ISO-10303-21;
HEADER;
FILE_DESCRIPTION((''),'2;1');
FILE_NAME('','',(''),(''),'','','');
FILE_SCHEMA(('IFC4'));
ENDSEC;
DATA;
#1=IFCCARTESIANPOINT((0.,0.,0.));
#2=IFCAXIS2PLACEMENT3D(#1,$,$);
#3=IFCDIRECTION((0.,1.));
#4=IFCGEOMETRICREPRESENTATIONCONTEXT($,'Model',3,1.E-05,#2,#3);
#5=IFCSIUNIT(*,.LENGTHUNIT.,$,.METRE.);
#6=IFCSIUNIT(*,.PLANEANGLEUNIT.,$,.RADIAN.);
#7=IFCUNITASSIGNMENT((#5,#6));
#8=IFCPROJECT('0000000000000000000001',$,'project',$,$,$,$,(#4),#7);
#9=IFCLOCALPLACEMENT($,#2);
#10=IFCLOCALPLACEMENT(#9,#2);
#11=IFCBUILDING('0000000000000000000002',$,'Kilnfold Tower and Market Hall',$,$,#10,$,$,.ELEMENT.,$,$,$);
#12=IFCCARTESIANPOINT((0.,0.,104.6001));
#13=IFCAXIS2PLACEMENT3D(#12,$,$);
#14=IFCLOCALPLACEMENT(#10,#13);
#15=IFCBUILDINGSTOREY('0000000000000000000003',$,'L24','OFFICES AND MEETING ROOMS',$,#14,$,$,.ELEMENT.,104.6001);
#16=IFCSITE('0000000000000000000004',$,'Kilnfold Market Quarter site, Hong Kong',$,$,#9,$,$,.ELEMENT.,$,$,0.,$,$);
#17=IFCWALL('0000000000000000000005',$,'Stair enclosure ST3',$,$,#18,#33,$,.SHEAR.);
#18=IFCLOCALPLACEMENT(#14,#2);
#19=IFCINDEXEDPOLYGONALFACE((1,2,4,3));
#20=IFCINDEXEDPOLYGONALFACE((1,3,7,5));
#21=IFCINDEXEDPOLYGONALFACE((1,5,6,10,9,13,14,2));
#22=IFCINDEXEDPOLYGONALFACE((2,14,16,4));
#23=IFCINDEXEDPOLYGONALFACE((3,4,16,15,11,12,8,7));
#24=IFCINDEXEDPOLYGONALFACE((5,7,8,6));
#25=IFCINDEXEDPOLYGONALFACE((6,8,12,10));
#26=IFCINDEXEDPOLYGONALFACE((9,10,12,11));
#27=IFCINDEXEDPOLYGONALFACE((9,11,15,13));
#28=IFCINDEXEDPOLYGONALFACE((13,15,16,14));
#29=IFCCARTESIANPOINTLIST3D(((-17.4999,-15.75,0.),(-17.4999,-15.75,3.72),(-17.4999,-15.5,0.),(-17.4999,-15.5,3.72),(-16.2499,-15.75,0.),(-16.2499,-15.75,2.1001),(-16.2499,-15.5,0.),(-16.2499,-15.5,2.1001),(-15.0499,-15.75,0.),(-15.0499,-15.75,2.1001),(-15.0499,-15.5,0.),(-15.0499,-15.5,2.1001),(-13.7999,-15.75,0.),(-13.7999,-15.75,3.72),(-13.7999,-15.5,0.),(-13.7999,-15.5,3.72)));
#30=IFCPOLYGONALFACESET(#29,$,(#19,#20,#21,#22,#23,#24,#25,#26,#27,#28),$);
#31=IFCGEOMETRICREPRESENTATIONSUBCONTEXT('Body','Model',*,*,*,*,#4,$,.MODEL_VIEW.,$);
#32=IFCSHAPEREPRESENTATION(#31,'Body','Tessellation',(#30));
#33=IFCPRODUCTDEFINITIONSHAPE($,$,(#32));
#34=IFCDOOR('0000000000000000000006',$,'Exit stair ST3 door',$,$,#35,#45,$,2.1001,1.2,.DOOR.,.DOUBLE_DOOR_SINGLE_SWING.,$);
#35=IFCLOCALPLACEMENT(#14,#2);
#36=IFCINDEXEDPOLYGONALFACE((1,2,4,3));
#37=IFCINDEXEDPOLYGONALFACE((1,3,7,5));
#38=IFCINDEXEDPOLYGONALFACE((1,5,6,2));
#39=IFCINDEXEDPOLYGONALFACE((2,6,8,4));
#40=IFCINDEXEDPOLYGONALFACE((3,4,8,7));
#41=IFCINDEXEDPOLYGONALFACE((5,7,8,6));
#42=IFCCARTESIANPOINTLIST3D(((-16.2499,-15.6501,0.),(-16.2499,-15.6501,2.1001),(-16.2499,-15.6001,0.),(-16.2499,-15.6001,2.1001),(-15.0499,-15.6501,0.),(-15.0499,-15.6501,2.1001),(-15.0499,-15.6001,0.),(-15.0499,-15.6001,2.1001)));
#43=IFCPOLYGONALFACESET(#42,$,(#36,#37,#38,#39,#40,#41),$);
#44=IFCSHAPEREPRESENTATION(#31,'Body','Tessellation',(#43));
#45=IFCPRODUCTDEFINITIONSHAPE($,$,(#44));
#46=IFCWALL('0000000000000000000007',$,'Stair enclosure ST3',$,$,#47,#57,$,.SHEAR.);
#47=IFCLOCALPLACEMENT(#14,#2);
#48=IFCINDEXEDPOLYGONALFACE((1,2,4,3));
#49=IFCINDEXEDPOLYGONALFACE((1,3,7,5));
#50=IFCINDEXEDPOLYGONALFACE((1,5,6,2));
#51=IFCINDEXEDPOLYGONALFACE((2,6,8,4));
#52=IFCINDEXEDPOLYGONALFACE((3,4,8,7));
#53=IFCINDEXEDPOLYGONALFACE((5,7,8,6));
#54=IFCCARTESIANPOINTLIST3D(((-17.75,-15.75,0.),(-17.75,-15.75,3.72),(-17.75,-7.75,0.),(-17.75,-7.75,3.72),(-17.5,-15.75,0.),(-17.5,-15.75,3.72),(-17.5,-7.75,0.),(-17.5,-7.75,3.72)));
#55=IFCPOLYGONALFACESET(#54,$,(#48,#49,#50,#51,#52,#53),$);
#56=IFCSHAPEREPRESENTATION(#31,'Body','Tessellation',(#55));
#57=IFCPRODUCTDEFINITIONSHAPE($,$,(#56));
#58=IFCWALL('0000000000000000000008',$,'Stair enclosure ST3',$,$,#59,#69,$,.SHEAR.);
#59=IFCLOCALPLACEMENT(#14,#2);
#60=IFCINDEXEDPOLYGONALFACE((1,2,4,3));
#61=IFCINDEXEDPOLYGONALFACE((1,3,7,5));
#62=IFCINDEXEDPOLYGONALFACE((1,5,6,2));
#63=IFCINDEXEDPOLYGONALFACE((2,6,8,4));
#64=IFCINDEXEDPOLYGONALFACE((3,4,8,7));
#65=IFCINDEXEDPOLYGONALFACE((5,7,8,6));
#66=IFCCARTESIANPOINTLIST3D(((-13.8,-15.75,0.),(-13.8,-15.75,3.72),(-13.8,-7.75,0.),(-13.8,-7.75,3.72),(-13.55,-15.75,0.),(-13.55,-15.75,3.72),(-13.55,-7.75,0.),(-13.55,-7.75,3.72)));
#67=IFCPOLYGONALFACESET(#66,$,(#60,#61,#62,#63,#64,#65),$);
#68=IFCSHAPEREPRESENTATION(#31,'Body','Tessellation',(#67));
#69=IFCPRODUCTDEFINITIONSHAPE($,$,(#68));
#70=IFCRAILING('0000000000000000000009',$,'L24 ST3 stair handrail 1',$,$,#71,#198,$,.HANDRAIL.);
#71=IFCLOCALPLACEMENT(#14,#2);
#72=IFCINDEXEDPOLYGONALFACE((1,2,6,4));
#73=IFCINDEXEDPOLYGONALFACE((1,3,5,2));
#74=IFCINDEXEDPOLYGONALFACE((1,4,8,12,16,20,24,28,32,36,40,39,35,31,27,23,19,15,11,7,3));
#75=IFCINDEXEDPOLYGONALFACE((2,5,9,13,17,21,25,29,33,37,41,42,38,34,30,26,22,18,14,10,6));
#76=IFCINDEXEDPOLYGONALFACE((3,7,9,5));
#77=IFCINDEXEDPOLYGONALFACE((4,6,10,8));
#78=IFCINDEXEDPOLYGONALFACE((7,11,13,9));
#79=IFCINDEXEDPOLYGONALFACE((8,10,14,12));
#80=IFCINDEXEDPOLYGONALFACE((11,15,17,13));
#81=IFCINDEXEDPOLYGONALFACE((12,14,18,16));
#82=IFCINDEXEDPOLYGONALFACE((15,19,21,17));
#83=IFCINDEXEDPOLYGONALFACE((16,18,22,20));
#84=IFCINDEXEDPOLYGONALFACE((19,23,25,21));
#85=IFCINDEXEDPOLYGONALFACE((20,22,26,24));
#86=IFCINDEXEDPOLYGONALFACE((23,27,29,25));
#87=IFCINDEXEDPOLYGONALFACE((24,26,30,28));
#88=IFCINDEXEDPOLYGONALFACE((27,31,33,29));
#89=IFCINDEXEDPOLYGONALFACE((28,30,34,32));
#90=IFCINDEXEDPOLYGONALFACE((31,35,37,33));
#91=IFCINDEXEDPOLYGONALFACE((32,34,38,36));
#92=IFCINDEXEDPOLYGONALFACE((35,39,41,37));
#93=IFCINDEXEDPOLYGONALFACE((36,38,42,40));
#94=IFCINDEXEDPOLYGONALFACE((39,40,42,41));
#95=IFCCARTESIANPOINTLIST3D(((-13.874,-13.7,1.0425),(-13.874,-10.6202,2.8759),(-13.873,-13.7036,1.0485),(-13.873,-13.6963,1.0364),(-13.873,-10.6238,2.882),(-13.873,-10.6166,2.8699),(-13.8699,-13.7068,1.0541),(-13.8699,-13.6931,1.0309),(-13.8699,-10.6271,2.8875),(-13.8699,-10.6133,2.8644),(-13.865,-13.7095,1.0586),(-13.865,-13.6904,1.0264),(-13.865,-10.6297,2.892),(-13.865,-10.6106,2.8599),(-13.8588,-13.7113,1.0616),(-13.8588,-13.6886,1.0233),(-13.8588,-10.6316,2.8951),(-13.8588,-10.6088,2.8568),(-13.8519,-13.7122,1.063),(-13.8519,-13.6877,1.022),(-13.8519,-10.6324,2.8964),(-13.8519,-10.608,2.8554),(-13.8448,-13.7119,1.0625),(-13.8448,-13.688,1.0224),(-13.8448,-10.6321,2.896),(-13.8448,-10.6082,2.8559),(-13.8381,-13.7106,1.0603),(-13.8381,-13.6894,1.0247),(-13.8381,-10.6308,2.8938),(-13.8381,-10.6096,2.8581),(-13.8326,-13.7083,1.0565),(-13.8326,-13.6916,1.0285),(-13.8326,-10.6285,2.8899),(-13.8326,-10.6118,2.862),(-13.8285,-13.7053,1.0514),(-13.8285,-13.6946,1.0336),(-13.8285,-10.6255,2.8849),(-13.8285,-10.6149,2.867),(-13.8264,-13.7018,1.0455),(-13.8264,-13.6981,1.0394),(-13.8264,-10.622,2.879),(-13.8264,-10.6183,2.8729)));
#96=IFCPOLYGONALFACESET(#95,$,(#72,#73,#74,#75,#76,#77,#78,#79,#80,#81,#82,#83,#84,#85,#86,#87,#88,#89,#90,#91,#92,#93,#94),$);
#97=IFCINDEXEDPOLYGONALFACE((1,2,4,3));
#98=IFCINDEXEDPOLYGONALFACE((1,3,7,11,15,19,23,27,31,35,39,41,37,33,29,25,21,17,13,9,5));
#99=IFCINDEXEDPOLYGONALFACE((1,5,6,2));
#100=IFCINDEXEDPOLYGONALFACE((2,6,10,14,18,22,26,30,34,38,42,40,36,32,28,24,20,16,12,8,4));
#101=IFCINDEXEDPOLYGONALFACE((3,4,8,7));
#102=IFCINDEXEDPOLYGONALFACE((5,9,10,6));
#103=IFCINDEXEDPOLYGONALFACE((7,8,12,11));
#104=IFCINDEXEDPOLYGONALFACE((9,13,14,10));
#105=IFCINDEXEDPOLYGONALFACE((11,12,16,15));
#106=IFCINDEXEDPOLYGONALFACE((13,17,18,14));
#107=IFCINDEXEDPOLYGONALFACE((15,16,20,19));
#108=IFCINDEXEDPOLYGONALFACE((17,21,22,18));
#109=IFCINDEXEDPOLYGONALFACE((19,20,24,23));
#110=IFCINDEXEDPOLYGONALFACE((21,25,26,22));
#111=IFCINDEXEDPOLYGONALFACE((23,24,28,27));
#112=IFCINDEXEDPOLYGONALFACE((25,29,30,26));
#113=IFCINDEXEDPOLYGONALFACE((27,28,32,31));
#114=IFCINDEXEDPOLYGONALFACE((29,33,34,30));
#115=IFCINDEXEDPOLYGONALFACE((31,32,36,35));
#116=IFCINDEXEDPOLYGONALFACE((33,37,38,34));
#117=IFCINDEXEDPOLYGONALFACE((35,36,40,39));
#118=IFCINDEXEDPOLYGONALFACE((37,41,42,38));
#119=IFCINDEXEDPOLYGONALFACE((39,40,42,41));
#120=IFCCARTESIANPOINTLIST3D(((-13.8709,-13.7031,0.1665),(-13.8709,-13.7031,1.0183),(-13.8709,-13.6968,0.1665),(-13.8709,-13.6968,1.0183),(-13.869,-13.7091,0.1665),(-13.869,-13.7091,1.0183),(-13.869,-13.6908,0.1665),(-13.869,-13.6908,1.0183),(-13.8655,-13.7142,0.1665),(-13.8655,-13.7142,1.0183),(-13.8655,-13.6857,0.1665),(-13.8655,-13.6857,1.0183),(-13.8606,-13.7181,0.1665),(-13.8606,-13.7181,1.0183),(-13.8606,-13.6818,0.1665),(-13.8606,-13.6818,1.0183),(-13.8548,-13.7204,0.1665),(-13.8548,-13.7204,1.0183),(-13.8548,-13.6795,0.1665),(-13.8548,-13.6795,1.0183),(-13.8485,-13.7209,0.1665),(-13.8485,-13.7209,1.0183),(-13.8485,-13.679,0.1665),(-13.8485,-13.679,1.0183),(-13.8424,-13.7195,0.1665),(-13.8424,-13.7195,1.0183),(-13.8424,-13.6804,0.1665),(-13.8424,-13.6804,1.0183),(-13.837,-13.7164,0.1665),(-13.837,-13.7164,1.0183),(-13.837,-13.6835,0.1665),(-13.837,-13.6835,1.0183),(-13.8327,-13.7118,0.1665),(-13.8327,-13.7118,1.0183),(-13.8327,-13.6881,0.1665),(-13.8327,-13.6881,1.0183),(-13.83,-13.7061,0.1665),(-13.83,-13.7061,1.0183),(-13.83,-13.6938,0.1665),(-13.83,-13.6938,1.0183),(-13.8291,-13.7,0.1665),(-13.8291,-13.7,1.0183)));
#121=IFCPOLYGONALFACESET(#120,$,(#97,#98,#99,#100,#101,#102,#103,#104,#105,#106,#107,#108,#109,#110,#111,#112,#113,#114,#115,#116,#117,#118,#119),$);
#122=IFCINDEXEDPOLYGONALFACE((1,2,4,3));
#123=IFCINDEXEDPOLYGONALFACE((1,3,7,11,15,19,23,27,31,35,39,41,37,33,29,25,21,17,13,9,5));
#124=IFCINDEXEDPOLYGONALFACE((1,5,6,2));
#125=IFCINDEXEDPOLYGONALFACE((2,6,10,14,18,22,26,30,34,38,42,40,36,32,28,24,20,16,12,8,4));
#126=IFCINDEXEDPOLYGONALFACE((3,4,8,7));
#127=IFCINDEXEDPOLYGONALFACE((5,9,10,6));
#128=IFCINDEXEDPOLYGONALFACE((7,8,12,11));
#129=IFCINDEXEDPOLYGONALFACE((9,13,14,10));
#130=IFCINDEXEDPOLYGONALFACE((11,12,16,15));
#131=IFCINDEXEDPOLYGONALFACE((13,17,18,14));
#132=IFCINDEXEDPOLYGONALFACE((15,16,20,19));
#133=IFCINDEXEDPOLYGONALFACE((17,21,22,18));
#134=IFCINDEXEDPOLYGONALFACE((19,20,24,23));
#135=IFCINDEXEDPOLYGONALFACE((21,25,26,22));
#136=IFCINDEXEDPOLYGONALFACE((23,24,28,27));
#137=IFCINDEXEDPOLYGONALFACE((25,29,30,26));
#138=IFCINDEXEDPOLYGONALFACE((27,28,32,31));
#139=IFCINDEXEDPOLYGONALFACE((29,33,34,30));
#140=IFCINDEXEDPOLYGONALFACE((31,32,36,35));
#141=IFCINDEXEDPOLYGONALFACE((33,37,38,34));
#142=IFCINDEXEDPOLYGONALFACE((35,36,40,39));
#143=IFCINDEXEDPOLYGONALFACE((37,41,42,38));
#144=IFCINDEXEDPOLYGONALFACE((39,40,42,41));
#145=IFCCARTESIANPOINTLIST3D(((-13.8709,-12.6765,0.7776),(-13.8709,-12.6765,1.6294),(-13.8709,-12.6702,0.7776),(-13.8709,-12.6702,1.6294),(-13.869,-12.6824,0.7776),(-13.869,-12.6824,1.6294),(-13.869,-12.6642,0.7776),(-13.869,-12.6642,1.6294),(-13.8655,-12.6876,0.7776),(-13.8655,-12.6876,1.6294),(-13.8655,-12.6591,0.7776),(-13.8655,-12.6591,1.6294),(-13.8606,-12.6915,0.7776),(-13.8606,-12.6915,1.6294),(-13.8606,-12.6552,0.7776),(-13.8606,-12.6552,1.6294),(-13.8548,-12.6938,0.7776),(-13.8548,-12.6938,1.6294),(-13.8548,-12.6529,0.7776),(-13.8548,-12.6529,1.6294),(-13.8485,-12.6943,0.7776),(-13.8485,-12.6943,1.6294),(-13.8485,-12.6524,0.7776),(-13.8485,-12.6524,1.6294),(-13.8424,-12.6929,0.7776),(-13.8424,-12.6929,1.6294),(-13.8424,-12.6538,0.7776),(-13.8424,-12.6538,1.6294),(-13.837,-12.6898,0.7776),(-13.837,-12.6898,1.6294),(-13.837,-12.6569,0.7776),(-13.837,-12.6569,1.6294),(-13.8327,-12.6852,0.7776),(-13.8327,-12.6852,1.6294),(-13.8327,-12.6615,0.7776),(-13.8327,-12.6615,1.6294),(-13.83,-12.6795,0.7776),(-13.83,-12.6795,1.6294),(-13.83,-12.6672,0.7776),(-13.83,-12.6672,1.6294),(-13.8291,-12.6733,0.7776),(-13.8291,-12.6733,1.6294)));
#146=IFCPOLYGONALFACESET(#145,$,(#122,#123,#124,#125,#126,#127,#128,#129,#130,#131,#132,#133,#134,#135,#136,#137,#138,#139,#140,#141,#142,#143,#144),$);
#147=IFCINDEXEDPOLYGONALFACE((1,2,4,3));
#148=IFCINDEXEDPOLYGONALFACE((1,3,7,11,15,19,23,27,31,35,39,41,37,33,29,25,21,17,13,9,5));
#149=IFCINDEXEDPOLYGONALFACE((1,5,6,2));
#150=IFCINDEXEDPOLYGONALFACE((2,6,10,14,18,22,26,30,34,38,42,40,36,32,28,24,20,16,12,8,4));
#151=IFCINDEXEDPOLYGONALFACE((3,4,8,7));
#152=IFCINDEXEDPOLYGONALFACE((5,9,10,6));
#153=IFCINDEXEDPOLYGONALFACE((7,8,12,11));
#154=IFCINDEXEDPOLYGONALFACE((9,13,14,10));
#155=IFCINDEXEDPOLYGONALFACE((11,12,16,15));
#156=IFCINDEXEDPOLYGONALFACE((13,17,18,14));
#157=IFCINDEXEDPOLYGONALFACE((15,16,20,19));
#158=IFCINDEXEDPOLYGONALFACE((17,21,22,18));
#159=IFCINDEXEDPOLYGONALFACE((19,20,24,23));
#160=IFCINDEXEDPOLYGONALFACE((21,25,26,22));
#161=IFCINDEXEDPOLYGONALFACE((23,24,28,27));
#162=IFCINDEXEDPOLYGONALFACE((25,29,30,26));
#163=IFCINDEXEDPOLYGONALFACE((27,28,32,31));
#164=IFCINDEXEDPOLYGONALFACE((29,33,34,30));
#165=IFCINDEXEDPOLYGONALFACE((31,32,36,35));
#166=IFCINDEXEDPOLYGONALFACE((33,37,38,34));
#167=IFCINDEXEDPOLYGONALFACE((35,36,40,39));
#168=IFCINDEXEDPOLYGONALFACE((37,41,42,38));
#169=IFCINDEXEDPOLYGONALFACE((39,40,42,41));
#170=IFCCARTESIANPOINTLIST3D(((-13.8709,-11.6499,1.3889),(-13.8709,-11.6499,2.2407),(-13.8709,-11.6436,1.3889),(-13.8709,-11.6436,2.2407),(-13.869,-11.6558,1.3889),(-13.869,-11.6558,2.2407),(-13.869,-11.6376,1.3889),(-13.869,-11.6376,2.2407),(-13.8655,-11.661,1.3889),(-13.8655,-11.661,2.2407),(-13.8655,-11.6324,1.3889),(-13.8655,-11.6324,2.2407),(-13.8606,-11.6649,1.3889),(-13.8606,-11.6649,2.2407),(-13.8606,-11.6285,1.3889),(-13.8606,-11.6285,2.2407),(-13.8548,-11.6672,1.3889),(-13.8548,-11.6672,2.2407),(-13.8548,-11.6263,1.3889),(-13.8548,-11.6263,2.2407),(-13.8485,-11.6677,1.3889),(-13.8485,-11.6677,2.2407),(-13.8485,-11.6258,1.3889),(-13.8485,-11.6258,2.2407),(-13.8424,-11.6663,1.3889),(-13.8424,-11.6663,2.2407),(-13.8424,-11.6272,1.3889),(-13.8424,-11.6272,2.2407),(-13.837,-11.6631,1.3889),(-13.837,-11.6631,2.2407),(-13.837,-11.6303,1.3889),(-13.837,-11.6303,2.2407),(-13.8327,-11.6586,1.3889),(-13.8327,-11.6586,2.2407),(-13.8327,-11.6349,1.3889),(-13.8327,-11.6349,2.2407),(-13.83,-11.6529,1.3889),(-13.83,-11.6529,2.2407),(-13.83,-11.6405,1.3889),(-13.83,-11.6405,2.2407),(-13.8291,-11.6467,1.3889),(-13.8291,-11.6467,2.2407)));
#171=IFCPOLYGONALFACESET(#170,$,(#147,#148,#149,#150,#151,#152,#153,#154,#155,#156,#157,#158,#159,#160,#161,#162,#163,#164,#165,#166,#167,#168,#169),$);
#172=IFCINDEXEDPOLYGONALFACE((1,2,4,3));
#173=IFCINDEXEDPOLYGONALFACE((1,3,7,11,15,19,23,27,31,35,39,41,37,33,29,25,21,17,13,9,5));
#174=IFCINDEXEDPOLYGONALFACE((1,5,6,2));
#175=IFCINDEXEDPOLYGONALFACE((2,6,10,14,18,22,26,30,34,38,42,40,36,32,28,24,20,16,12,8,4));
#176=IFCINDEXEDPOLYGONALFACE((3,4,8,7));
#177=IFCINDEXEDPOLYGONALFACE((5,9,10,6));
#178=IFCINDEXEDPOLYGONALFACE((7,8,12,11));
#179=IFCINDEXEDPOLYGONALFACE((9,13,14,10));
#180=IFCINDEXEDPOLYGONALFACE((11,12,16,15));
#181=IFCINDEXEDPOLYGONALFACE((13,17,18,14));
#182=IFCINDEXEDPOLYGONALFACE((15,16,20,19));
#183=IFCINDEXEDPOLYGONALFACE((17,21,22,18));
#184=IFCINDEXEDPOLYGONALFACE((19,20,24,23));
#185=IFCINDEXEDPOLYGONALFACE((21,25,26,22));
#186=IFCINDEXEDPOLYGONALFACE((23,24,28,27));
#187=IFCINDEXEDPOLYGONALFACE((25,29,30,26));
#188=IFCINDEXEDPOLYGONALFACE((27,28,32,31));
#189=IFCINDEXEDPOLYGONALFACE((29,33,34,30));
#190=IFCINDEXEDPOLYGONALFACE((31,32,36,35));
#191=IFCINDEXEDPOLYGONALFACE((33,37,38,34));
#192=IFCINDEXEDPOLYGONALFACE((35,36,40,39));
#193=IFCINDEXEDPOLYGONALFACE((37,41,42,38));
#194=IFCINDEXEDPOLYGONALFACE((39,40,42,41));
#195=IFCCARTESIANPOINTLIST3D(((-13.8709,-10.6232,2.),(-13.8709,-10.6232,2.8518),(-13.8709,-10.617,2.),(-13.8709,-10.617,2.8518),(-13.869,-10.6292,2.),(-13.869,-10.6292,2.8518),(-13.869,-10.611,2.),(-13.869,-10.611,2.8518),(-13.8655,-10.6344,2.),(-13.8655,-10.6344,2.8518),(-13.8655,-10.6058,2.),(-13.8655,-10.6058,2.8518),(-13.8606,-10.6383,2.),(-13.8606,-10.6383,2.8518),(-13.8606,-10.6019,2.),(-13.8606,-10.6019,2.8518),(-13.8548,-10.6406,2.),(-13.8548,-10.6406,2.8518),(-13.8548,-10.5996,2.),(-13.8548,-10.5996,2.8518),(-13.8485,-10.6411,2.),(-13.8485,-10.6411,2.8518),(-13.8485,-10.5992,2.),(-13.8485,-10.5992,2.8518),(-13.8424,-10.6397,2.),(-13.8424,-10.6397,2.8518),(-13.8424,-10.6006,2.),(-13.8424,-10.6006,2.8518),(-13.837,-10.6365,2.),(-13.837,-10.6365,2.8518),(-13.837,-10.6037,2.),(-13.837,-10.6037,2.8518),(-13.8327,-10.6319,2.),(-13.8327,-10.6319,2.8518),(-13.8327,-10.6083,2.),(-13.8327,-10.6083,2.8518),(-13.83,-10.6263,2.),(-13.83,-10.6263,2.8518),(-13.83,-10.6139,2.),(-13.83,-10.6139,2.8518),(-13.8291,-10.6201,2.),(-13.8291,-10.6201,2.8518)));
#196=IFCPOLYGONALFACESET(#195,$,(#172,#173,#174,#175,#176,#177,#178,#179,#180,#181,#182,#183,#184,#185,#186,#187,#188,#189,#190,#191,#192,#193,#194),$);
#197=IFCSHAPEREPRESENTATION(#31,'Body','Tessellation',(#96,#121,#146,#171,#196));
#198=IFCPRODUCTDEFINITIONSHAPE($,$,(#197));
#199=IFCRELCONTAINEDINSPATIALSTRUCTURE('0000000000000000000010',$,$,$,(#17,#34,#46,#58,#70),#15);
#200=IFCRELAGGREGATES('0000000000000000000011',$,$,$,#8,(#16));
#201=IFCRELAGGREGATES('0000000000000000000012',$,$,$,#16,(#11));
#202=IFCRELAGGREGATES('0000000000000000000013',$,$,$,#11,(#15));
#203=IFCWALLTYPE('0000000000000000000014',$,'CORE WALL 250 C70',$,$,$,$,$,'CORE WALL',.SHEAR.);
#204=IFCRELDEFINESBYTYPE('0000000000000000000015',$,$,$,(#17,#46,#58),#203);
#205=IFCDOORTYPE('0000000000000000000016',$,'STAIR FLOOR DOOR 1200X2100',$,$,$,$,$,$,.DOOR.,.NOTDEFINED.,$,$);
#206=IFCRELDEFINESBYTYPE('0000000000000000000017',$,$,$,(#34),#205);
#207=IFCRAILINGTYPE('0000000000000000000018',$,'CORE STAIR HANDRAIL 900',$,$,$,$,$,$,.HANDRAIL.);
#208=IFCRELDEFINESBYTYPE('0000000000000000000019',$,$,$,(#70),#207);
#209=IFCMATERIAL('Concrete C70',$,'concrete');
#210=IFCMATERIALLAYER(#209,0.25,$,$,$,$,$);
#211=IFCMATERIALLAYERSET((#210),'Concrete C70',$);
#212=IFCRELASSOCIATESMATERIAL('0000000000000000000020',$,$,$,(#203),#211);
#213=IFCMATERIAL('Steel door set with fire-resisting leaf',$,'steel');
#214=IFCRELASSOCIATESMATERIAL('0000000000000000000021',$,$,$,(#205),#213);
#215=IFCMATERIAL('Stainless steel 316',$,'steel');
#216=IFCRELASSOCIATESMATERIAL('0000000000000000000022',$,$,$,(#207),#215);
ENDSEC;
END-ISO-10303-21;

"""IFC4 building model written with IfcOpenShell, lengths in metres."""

from ifc_helpers import new_model, si_unit, direction, frame, frame_2d, origin, origin_2d, place, context, subcontext, project, spatial, rectangle, circle, extrude, source, transform, mapped, material, layer, layer_set, type_object, element, fill, save


model = new_model("IFC4")

# Units and contexts
model_context = context("Model", 3, precision=1e-05, world=origin(), true_north=direction((0.0, 1.0)))
body_context = subcontext(model_context, "Body", "Model", "MODEL_VIEW")
ifc_project = project(units=[si_unit("LENGTHUNIT", "METRE"), si_unit("PLANEANGLEUNIT", "RADIAN")], contexts=[model_context])

# Site, building, storey
site_placement = place(None, origin())
site = spatial("IfcSite", under=ifc_project, at=site_placement, Name="Kilnfold Market Quarter site, Hong Kong", CompositionType="ELEMENT", RefElevation=0.0)
building_placement = place(site_placement, origin())
building = spatial("IfcBuilding", under=site, at=building_placement, Name="Kilnfold Tower and Market Hall", CompositionType="ELEMENT")
storey_placement = place(building_placement, frame((0.0, 0.0, 104.6001)))
storey = spatial("IfcBuildingStorey", under=building, at=storey_placement, Name="L24", Description="OFFICES AND MEETING ROOMS", CompositionType="ELEMENT", Elevation=104.6001)

# Wall, opening, door
ifc_material_1 = material(Name="Concrete C70", Category="concrete")
ifc_layer_1 = layer(ifc_material_1, 0.25)
ifc_layer_set_1 = layer_set([ifc_layer_1], Name="Concrete C70")
wall_type_1 = type_object("IfcWallType", Name="CORE WALL 250 C70", ElementType="CORE WALL", PredefinedType="SHEAR", material=ifc_layer_set_1)
shared_shape_1 = source(origin(), body_context, "Body", "SweptSolid", [
    extrude(rectangle(XDim=3.7, YDim=0.25, at=frame_2d((1.8501, 0.0))), origin(), (0.0, 0.0, 1.0), 3.72),
])
wall_1_placement = place(storey_placement, frame((-17.5, -15.625, 0.0), z_axis=(0.0, 0.0, 1.0), x_axis=(1.0, 0.0, 0.0)))
wall_1 = element("IfcWall", 1, at=wall_1_placement, inside=storey, type_object=wall_type_1, Name="Stair enclosure ST3", PredefinedType="SHEAR", context=body_context, shape_type="MappedRepresentation", body=[
    mapped(shared_shape_1, transform((0.0, 0.0, 0.0))),
])
opening_1_placement = place(wall_1_placement, frame((1.25, 0.0, 0.0)))
opening_1 = element("IfcOpeningElement", 2, at=opening_1_placement, cuts=wall_1, PredefinedType="OPENING", context=body_context, shape_type="SweptSolid", body=[
    extrude(rectangle(XDim=1.2, YDim=2.1001, at=frame_2d((0.6001, 1.05))), frame((0.0, 0.135, 0.0), z_axis=(0.0, -1.0, 0.0), x_axis=(1.0, 0.0, 0.0)), (0.0, 0.0, 1.0), 0.27),
])
ifc_material_2 = material(Name="Steel door set with fire-resisting leaf", Category="steel")
door_type_1 = type_object("IfcDoorType", Name="STAIR FLOOR DOOR 1200X2100", OperationType="NOTDEFINED", PredefinedType="DOOR", material=ifc_material_2)
door_1_placement = place(opening_1_placement, origin())
door_1 = element("IfcDoor", 3, at=door_1_placement, inside=storey, type_object=door_type_1, Name="Exit stair ST3 door", OperationType="DOUBLE_DOOR_SINGLE_SWING", OverallHeight=2.1001, OverallWidth=1.2, PredefinedType="DOOR", context=body_context, shape_type="SweptSolid", body=[
    extrude(rectangle(XDim=1.2, YDim=2.1001, at=frame_2d((0.6001, 1.05))), frame((0.0, 0.0249, 0.0), z_axis=(0.0, -1.0, 0.0), x_axis=(1.0, 0.0, 0.0)), (0.0, 0.0, 1.0), 0.05),
])
fill(opening_1, door_1)

# Walls
shared_shape_2 = source(origin(), body_context, "Body", "SweptSolid", [
    extrude(rectangle(XDim=8.0, YDim=0.25, at=frame_2d((4.0, 0.0))), origin(), (0.0, 0.0, 1.0), 3.72),
])
for number, where, z_axis, x_axis, name in (
    (4, (-17.625, -15.75, 0.0), (0.0, 0.0, 1.0), (0.0, 1.0, 0.0), "Stair enclosure ST3"),
    (5, (-13.675, -15.75, 0.0), (0.0, 0.0, 1.0), (0.0, 1.0, 0.0), "Stair enclosure ST3"),
):
    element("IfcWall", number, at=place(storey_placement, frame(where, z_axis=z_axis, x_axis=x_axis)), inside=storey, type_object=wall_type_1, Name=name, PredefinedType="SHEAR", context=body_context, shape_type="MappedRepresentation", body=[
        mapped(shared_shape_2, transform((0.0, 0.0, 0.0))),
    ])

# Railing
ifc_material_3 = material(Name="Stainless steel 316", Category="steel")
railing_type_1 = type_object("IfcRailingType", Name="CORE STAIR HANDRAIL 900", PredefinedType="HANDRAIL", material=ifc_material_3)
railing_1_placement = place(storey_placement, frame((-13.8501, -13.7, 0.1665)))
element("IfcRailing", 6, at=railing_1_placement, inside=storey, type_object=railing_type_1, Name="L24 ST3 stair handrail 1", PredefinedType="HANDRAIL", context=body_context, shape_type="SweptSolid", body=[
    extrude(circle(Radius=0.0239, at=origin_2d()), frame((0.0, 0.0, 0.876), z_axis=(0.0, 0.859261, 0.511538), x_axis=(-1.0, 0.0, 0.0)), (0.0, 0.0, 1.0), 3.5842),
    extrude(circle(Radius=0.021, at=origin_2d()), origin(), (0.0, 0.0, 1.0), 0.8518),
    extrude(circle(Radius=0.021, at=origin_2d()), frame((0.0, 1.0266, 0.6111)), (0.0, 0.0, 1.0), 0.8518),
    extrude(circle(Radius=0.021, at=origin_2d()), frame((0.0, 2.0532, 1.2224)), (0.0, 0.0, 1.0), 0.8518),
    extrude(circle(Radius=0.021, at=origin_2d()), frame((0.0, 3.0798, 1.8335)), (0.0, 0.0, 1.0), 0.8518),
])

save(model, "model.ifc")
